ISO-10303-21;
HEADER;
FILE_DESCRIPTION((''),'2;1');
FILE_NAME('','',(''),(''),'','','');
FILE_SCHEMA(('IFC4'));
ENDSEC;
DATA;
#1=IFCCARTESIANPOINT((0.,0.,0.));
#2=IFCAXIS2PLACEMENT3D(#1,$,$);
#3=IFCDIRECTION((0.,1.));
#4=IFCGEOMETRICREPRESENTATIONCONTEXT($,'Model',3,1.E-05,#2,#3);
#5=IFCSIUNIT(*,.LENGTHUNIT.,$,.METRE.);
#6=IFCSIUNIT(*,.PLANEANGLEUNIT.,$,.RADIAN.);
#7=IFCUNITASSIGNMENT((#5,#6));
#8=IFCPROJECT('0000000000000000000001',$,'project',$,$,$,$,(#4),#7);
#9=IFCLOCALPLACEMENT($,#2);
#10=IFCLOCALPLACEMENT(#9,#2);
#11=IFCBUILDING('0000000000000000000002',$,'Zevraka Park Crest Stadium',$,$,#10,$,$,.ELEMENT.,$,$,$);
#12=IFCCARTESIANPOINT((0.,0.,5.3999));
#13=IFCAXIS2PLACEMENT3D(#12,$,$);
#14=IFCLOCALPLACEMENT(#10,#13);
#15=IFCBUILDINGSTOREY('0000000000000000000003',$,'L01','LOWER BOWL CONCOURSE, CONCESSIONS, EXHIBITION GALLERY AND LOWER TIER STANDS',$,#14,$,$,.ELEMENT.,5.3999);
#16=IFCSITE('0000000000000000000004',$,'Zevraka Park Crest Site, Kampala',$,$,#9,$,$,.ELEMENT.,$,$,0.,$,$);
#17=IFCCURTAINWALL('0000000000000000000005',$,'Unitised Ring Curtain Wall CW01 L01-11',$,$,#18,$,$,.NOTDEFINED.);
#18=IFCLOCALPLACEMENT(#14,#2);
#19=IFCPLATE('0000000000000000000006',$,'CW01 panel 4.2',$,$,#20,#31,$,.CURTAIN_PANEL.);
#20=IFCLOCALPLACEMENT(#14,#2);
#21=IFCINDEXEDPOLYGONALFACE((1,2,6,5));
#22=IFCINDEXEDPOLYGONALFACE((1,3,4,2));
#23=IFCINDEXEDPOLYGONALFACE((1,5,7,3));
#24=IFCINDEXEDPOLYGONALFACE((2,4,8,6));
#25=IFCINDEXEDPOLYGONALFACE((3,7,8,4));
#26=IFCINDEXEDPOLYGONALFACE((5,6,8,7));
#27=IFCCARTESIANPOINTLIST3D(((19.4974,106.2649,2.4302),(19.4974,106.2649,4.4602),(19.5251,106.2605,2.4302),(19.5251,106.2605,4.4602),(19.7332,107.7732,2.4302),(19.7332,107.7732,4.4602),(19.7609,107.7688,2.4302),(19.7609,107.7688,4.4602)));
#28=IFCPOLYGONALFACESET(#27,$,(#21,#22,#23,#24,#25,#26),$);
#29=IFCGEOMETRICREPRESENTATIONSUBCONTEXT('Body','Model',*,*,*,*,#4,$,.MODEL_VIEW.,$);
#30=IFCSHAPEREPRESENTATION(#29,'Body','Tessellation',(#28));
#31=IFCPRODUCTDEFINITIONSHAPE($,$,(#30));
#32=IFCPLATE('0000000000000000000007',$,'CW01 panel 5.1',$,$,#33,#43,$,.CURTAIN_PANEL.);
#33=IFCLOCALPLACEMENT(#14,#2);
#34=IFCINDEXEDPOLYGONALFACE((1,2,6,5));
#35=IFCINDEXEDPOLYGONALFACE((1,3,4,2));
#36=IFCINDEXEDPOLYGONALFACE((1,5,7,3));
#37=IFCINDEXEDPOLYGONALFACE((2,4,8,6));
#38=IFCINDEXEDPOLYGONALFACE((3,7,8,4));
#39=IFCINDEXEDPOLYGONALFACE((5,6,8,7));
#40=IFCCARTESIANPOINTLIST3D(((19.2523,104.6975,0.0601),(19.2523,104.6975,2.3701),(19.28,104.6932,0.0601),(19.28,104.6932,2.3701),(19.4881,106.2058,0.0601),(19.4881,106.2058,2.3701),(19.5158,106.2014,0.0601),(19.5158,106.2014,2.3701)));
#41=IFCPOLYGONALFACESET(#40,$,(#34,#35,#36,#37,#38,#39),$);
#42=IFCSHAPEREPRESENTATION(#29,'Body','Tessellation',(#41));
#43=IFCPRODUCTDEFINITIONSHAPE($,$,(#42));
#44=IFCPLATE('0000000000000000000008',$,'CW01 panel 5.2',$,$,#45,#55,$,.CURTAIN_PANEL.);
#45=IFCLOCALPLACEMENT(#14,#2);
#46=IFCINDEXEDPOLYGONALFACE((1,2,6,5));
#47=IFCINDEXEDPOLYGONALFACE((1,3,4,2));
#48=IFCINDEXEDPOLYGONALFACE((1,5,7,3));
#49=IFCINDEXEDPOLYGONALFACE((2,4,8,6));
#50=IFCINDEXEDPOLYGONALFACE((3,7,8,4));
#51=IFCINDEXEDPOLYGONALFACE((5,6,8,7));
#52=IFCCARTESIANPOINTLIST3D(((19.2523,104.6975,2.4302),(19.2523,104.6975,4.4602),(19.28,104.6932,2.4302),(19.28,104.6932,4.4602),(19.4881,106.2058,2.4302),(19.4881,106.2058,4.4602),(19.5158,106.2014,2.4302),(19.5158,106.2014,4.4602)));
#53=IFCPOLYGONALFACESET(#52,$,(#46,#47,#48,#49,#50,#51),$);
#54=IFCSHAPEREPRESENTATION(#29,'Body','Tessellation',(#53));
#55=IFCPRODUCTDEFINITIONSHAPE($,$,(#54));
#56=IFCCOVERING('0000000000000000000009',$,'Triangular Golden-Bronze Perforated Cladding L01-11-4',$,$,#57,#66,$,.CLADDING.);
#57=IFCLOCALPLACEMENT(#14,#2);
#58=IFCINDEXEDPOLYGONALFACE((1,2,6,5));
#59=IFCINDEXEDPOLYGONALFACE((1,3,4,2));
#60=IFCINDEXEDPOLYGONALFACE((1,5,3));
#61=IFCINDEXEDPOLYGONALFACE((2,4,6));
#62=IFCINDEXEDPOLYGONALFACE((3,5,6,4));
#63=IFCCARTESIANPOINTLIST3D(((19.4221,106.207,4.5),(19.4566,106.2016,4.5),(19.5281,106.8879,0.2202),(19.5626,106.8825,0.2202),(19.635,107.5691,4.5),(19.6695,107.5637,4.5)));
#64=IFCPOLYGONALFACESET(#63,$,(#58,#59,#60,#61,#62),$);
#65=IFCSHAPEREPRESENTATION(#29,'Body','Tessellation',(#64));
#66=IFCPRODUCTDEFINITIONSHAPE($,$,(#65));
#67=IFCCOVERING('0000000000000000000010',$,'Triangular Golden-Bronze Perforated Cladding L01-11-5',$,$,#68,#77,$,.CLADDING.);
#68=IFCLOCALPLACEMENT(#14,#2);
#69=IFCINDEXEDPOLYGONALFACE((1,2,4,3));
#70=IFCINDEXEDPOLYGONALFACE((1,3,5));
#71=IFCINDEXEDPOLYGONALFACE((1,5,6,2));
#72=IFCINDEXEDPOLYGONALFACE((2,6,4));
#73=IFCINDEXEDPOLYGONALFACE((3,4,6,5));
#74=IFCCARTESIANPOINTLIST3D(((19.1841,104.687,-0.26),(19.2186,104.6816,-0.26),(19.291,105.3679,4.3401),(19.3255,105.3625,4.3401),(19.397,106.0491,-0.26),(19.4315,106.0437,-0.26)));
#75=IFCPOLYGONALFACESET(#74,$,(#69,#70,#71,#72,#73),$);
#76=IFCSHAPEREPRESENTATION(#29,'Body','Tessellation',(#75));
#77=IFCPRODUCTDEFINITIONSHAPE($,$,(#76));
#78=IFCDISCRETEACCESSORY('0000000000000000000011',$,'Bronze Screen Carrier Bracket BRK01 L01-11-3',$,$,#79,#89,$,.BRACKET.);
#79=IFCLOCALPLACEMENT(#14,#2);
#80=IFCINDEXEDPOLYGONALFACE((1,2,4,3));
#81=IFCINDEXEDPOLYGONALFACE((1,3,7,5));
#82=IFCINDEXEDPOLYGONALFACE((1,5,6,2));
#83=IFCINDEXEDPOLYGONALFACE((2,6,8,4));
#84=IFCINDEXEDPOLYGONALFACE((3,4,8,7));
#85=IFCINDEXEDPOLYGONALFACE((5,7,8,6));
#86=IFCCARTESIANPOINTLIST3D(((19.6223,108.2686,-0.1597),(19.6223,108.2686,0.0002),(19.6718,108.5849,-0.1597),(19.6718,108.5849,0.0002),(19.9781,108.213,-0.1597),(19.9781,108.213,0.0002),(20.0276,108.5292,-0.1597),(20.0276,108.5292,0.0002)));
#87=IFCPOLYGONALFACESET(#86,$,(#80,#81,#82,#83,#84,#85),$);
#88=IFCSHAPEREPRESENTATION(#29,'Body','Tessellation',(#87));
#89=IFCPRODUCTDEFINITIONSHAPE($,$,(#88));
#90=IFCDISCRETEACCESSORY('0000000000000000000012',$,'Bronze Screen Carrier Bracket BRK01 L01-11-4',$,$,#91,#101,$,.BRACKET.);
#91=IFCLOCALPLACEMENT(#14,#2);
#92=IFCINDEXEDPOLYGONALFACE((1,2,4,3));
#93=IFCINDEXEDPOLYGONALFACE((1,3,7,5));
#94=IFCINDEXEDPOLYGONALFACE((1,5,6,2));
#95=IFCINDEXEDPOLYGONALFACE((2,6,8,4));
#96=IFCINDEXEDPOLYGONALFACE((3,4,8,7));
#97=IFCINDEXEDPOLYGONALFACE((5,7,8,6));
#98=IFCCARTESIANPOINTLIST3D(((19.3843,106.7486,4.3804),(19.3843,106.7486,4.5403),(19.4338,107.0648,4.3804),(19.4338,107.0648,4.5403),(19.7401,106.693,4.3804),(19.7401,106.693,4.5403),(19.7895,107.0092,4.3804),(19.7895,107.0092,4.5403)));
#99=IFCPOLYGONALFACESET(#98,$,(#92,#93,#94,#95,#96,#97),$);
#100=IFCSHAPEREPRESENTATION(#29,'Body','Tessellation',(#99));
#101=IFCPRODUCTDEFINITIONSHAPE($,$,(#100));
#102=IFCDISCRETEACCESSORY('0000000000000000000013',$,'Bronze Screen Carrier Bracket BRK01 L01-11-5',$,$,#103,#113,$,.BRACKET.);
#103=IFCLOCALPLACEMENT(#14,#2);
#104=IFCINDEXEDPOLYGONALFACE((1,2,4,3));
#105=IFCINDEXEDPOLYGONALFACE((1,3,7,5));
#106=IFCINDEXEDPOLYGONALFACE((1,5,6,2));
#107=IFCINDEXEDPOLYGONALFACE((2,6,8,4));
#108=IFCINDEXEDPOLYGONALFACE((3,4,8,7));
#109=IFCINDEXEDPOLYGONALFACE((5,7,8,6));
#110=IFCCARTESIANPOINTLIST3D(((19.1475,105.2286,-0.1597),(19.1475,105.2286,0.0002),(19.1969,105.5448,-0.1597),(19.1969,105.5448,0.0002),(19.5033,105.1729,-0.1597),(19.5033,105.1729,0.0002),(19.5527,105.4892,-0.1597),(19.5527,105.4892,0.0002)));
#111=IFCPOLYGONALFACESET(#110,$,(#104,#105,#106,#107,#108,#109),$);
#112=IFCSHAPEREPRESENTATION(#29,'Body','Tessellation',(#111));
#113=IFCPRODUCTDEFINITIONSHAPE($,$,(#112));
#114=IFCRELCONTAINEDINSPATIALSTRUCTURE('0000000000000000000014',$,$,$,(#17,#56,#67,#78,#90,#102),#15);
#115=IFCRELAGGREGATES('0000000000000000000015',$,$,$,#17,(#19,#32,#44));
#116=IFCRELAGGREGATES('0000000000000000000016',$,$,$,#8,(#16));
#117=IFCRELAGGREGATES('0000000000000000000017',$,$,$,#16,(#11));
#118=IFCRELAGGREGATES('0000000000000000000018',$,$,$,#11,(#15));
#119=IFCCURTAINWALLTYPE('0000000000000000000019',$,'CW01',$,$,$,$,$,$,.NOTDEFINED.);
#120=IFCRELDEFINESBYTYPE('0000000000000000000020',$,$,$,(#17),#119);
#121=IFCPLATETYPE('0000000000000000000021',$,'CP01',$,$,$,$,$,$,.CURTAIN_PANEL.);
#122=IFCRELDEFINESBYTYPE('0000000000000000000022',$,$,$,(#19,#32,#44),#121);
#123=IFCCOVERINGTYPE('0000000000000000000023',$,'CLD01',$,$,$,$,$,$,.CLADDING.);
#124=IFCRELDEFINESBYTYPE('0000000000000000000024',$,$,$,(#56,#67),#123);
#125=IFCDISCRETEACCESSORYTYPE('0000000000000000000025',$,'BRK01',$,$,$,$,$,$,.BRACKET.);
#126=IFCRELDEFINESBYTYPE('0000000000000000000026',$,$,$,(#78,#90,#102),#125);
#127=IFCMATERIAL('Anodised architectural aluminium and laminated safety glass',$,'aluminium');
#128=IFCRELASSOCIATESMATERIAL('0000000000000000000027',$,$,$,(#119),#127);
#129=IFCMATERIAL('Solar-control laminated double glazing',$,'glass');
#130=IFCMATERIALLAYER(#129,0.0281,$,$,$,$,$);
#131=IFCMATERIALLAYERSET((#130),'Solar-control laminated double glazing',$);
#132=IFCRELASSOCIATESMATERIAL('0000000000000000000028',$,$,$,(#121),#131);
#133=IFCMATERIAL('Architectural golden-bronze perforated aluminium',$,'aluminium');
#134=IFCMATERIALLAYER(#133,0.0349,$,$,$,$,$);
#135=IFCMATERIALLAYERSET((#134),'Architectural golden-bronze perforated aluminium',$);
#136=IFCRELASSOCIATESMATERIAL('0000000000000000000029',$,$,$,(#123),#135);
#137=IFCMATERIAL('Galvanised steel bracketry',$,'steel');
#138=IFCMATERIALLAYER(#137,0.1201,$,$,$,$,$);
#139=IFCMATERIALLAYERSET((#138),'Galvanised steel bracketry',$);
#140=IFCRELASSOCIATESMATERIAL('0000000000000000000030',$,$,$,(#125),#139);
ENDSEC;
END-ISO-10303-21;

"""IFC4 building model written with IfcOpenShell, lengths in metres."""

from ifc_helpers import new_model, si_unit, direction, frame, origin, origin_2d, place, context, subcontext, project, spatial, polyline, rectangle, outline, extrude, material, layer, layer_set, type_object, element, aggregate, save


model = new_model("IFC4")

# Units and contexts
model_context = context("Model", 3, precision=1e-05, world=origin(), true_north=direction((0.0, 1.0)))
body_context = subcontext(model_context, "Body", "Model", "MODEL_VIEW")
ifc_project = project(units=[si_unit("LENGTHUNIT", "METRE"), si_unit("PLANEANGLEUNIT", "RADIAN")], contexts=[model_context])

# Site, building, storey
site_placement = place(None, origin())
site = spatial("IfcSite", under=ifc_project, at=site_placement, Name="Zevraka Park Crest Site, Kampala", CompositionType="ELEMENT", RefElevation=0.0)
building_placement = place(site_placement, origin())
building = spatial("IfcBuilding", under=site, at=building_placement, Name="Zevraka Park Crest Stadium", CompositionType="ELEMENT")
storey_placement = place(building_placement, frame((0.0, 0.0, 5.3999)))
storey = spatial("IfcBuildingStorey", under=building, at=storey_placement, Name="L01", Description="LOWER BOWL CONCOURSE, CONCESSIONS, EXHIBITION GALLERY AND LOWER TIER STANDS", CompositionType="ELEMENT", Elevation=5.3999)

# Curtain wall, plates
ifc_material_1 = material(Name="Anodised architectural aluminium and laminated safety glass", Category="aluminium")
curtain_wall_type = type_object("IfcCurtainWallType", Name="CW01", PredefinedType="NOTDEFINED", material=ifc_material_1)
curtain_wall_placement = place(storey_placement, origin())
curtain_wall = element("IfcCurtainWall", 1, at=curtain_wall_placement, inside=storey, type_object=curtain_wall_type, Name="Unitised Ring Curtain Wall CW01 L01-11", PredefinedType="NOTDEFINED")
ifc_material_2 = material(Name="Solar-control laminated double glazing", Category="glass")
ifc_layer_1 = layer(ifc_material_2, 0.0281)
ifc_layer_set_1 = layer_set([ifc_layer_1], Name="Solar-control laminated double glazing")
plate_type = type_object("IfcPlateType", Name="CP01", PredefinedType="CURTAIN_PANEL", material=ifc_layer_set_1)
plate_1_placement = place(storey_placement, frame((19.6292, 107.0168, 2.4302), z_axis=(0.0, 0.0, 1.0), x_axis=(-0.154476, -0.987997, 0.0)))
plate_1 = element("IfcPlate", 2, at=plate_1_placement, type_object=plate_type, Name="CW01 panel 4.2", PredefinedType="CURTAIN_PANEL", context=body_context, shape_type="SweptSolid", body=[
    extrude(rectangle(XDim=1.5266, YDim=0.0281, at=origin_2d()), origin(), (0.0, 0.0, 1.0), 2.03),
])
plate_2_placement = place(storey_placement, frame((19.384, 105.4495, 0.0601), z_axis=(0.0, 0.0, 1.0), x_axis=(-0.154476, -0.987997, 0.0)))
plate_2 = element("IfcPlate", 3, at=plate_2_placement, type_object=plate_type, Name="CW01 panel 5.1", PredefinedType="CURTAIN_PANEL", context=body_context, shape_type="SweptSolid", body=[
    extrude(rectangle(XDim=1.5266, YDim=0.0281, at=origin_2d()), origin(), (0.0, 0.0, 1.0), 2.3101),
])
plate_3_placement = place(storey_placement, frame((19.384, 105.4495, 2.4302), z_axis=(0.0, 0.0, 1.0), x_axis=(-0.154476, -0.987997, 0.0)))
plate_3 = element("IfcPlate", 4, at=plate_3_placement, type_object=plate_type, Name="CW01 panel 5.2", PredefinedType="CURTAIN_PANEL", context=body_context, shape_type="SweptSolid", body=[
    extrude(rectangle(XDim=1.5266, YDim=0.0281, at=origin_2d()), origin(), (0.0, 0.0, 1.0), 2.03),
])
aggregate(curtain_wall, [plate_1, plate_2, plate_3])

# Coverings
ifc_material_3 = material(Name="Architectural golden-bronze perforated aluminium", Category="aluminium")
ifc_layer_2 = layer(ifc_material_3, 0.0349)
ifc_layer_set_2 = layer_set([ifc_layer_2], Name="Architectural golden-bronze perforated aluminium")
covering_type = type_object("IfcCoveringType", Name="CLD01", PredefinedType="CLADDING", material=ifc_layer_set_2)
covering_1_placement = place(storey_placement, frame((19.4221, 106.207, 4.5), z_axis=(-0.988004, 0.154425, 0.000108), x_axis=(0.154426, 0.988004, 0.0)))
element("IfcCovering", 5, at=covering_1_placement, inside=storey, type_object=covering_type, Name="Triangular Golden-Bronze Perforated Cladding L01-11-4", PredefinedType="CLADDING", context=body_context, shape_type="SweptSolid", body=[
    extrude(outline(polyline([(0.0, 0.0), (1.3786, 0.0), (0.6891, 4.2798), (0.0, 0.0)])), origin(), (0.0, 0.0, -1.0), 0.0349),
])
covering_2_placement = place(storey_placement, frame((19.397, 106.0491, -0.26), z_axis=(-0.988004, 0.154425, 0.000109), x_axis=(-0.154426, -0.988004, 0.0)))
element("IfcCovering", 6, at=covering_2_placement, inside=storey, type_object=covering_type, Name="Triangular Golden-Bronze Perforated Cladding L01-11-5", PredefinedType="CLADDING", context=body_context, shape_type="SweptSolid", body=[
    extrude(outline(polyline([(0.0, 0.0), (1.3786, 0.0), (0.6893, 4.6001), (0.0, 0.0)])), origin(), (0.0, 0.0, -1.0), 0.0349),
])

# Discrete accessories
ifc_material_4 = material(Name="Galvanised steel bracketry", Category="steel")
ifc_layer_3 = layer(ifc_material_4, 0.1201)
ifc_layer_set_3 = layer_set([ifc_layer_3], Name="Galvanised steel bracketry")
discrete_accessory_type = type_object("IfcDiscreteAccessoryType", Name="BRK01", PredefinedType="BRACKET", material=ifc_layer_set_3)
for number, where, z_axis, x_axis, name in (
    (7, (19.825, 108.3989, -0.1597), (0.0, 0.0, 1.0), (-0.154538, -0.987987, 0.0), "Bronze Screen Carrier Bracket BRK01 L01-11-3"),
    (8, (19.5869, 106.8789, 4.3804), (0.0, 0.0, 1.0), (-0.154538, -0.987987, 0.0), "Bronze Screen Carrier Bracket BRK01 L01-11-4"),
    (9, (19.3501, 105.3589, -0.1597), (0.0, 0.0, 1.0), (-0.154538, -0.987987, 0.0), "Bronze Screen Carrier Bracket BRK01 L01-11-5"),
):
    element("IfcDiscreteAccessory", number, at=place(storey_placement, frame(where, z_axis=z_axis, x_axis=x_axis)), inside=storey, type_object=discrete_accessory_type, Name=name, PredefinedType="BRACKET", context=body_context, shape_type="SweptSolid", body=[
        extrude(rectangle(XDim=0.3201, YDim=0.3601, at=origin_2d()), origin(), (0.0, 0.0, 1.0), 0.1599),
    ])

save(model, "model.ifc")
